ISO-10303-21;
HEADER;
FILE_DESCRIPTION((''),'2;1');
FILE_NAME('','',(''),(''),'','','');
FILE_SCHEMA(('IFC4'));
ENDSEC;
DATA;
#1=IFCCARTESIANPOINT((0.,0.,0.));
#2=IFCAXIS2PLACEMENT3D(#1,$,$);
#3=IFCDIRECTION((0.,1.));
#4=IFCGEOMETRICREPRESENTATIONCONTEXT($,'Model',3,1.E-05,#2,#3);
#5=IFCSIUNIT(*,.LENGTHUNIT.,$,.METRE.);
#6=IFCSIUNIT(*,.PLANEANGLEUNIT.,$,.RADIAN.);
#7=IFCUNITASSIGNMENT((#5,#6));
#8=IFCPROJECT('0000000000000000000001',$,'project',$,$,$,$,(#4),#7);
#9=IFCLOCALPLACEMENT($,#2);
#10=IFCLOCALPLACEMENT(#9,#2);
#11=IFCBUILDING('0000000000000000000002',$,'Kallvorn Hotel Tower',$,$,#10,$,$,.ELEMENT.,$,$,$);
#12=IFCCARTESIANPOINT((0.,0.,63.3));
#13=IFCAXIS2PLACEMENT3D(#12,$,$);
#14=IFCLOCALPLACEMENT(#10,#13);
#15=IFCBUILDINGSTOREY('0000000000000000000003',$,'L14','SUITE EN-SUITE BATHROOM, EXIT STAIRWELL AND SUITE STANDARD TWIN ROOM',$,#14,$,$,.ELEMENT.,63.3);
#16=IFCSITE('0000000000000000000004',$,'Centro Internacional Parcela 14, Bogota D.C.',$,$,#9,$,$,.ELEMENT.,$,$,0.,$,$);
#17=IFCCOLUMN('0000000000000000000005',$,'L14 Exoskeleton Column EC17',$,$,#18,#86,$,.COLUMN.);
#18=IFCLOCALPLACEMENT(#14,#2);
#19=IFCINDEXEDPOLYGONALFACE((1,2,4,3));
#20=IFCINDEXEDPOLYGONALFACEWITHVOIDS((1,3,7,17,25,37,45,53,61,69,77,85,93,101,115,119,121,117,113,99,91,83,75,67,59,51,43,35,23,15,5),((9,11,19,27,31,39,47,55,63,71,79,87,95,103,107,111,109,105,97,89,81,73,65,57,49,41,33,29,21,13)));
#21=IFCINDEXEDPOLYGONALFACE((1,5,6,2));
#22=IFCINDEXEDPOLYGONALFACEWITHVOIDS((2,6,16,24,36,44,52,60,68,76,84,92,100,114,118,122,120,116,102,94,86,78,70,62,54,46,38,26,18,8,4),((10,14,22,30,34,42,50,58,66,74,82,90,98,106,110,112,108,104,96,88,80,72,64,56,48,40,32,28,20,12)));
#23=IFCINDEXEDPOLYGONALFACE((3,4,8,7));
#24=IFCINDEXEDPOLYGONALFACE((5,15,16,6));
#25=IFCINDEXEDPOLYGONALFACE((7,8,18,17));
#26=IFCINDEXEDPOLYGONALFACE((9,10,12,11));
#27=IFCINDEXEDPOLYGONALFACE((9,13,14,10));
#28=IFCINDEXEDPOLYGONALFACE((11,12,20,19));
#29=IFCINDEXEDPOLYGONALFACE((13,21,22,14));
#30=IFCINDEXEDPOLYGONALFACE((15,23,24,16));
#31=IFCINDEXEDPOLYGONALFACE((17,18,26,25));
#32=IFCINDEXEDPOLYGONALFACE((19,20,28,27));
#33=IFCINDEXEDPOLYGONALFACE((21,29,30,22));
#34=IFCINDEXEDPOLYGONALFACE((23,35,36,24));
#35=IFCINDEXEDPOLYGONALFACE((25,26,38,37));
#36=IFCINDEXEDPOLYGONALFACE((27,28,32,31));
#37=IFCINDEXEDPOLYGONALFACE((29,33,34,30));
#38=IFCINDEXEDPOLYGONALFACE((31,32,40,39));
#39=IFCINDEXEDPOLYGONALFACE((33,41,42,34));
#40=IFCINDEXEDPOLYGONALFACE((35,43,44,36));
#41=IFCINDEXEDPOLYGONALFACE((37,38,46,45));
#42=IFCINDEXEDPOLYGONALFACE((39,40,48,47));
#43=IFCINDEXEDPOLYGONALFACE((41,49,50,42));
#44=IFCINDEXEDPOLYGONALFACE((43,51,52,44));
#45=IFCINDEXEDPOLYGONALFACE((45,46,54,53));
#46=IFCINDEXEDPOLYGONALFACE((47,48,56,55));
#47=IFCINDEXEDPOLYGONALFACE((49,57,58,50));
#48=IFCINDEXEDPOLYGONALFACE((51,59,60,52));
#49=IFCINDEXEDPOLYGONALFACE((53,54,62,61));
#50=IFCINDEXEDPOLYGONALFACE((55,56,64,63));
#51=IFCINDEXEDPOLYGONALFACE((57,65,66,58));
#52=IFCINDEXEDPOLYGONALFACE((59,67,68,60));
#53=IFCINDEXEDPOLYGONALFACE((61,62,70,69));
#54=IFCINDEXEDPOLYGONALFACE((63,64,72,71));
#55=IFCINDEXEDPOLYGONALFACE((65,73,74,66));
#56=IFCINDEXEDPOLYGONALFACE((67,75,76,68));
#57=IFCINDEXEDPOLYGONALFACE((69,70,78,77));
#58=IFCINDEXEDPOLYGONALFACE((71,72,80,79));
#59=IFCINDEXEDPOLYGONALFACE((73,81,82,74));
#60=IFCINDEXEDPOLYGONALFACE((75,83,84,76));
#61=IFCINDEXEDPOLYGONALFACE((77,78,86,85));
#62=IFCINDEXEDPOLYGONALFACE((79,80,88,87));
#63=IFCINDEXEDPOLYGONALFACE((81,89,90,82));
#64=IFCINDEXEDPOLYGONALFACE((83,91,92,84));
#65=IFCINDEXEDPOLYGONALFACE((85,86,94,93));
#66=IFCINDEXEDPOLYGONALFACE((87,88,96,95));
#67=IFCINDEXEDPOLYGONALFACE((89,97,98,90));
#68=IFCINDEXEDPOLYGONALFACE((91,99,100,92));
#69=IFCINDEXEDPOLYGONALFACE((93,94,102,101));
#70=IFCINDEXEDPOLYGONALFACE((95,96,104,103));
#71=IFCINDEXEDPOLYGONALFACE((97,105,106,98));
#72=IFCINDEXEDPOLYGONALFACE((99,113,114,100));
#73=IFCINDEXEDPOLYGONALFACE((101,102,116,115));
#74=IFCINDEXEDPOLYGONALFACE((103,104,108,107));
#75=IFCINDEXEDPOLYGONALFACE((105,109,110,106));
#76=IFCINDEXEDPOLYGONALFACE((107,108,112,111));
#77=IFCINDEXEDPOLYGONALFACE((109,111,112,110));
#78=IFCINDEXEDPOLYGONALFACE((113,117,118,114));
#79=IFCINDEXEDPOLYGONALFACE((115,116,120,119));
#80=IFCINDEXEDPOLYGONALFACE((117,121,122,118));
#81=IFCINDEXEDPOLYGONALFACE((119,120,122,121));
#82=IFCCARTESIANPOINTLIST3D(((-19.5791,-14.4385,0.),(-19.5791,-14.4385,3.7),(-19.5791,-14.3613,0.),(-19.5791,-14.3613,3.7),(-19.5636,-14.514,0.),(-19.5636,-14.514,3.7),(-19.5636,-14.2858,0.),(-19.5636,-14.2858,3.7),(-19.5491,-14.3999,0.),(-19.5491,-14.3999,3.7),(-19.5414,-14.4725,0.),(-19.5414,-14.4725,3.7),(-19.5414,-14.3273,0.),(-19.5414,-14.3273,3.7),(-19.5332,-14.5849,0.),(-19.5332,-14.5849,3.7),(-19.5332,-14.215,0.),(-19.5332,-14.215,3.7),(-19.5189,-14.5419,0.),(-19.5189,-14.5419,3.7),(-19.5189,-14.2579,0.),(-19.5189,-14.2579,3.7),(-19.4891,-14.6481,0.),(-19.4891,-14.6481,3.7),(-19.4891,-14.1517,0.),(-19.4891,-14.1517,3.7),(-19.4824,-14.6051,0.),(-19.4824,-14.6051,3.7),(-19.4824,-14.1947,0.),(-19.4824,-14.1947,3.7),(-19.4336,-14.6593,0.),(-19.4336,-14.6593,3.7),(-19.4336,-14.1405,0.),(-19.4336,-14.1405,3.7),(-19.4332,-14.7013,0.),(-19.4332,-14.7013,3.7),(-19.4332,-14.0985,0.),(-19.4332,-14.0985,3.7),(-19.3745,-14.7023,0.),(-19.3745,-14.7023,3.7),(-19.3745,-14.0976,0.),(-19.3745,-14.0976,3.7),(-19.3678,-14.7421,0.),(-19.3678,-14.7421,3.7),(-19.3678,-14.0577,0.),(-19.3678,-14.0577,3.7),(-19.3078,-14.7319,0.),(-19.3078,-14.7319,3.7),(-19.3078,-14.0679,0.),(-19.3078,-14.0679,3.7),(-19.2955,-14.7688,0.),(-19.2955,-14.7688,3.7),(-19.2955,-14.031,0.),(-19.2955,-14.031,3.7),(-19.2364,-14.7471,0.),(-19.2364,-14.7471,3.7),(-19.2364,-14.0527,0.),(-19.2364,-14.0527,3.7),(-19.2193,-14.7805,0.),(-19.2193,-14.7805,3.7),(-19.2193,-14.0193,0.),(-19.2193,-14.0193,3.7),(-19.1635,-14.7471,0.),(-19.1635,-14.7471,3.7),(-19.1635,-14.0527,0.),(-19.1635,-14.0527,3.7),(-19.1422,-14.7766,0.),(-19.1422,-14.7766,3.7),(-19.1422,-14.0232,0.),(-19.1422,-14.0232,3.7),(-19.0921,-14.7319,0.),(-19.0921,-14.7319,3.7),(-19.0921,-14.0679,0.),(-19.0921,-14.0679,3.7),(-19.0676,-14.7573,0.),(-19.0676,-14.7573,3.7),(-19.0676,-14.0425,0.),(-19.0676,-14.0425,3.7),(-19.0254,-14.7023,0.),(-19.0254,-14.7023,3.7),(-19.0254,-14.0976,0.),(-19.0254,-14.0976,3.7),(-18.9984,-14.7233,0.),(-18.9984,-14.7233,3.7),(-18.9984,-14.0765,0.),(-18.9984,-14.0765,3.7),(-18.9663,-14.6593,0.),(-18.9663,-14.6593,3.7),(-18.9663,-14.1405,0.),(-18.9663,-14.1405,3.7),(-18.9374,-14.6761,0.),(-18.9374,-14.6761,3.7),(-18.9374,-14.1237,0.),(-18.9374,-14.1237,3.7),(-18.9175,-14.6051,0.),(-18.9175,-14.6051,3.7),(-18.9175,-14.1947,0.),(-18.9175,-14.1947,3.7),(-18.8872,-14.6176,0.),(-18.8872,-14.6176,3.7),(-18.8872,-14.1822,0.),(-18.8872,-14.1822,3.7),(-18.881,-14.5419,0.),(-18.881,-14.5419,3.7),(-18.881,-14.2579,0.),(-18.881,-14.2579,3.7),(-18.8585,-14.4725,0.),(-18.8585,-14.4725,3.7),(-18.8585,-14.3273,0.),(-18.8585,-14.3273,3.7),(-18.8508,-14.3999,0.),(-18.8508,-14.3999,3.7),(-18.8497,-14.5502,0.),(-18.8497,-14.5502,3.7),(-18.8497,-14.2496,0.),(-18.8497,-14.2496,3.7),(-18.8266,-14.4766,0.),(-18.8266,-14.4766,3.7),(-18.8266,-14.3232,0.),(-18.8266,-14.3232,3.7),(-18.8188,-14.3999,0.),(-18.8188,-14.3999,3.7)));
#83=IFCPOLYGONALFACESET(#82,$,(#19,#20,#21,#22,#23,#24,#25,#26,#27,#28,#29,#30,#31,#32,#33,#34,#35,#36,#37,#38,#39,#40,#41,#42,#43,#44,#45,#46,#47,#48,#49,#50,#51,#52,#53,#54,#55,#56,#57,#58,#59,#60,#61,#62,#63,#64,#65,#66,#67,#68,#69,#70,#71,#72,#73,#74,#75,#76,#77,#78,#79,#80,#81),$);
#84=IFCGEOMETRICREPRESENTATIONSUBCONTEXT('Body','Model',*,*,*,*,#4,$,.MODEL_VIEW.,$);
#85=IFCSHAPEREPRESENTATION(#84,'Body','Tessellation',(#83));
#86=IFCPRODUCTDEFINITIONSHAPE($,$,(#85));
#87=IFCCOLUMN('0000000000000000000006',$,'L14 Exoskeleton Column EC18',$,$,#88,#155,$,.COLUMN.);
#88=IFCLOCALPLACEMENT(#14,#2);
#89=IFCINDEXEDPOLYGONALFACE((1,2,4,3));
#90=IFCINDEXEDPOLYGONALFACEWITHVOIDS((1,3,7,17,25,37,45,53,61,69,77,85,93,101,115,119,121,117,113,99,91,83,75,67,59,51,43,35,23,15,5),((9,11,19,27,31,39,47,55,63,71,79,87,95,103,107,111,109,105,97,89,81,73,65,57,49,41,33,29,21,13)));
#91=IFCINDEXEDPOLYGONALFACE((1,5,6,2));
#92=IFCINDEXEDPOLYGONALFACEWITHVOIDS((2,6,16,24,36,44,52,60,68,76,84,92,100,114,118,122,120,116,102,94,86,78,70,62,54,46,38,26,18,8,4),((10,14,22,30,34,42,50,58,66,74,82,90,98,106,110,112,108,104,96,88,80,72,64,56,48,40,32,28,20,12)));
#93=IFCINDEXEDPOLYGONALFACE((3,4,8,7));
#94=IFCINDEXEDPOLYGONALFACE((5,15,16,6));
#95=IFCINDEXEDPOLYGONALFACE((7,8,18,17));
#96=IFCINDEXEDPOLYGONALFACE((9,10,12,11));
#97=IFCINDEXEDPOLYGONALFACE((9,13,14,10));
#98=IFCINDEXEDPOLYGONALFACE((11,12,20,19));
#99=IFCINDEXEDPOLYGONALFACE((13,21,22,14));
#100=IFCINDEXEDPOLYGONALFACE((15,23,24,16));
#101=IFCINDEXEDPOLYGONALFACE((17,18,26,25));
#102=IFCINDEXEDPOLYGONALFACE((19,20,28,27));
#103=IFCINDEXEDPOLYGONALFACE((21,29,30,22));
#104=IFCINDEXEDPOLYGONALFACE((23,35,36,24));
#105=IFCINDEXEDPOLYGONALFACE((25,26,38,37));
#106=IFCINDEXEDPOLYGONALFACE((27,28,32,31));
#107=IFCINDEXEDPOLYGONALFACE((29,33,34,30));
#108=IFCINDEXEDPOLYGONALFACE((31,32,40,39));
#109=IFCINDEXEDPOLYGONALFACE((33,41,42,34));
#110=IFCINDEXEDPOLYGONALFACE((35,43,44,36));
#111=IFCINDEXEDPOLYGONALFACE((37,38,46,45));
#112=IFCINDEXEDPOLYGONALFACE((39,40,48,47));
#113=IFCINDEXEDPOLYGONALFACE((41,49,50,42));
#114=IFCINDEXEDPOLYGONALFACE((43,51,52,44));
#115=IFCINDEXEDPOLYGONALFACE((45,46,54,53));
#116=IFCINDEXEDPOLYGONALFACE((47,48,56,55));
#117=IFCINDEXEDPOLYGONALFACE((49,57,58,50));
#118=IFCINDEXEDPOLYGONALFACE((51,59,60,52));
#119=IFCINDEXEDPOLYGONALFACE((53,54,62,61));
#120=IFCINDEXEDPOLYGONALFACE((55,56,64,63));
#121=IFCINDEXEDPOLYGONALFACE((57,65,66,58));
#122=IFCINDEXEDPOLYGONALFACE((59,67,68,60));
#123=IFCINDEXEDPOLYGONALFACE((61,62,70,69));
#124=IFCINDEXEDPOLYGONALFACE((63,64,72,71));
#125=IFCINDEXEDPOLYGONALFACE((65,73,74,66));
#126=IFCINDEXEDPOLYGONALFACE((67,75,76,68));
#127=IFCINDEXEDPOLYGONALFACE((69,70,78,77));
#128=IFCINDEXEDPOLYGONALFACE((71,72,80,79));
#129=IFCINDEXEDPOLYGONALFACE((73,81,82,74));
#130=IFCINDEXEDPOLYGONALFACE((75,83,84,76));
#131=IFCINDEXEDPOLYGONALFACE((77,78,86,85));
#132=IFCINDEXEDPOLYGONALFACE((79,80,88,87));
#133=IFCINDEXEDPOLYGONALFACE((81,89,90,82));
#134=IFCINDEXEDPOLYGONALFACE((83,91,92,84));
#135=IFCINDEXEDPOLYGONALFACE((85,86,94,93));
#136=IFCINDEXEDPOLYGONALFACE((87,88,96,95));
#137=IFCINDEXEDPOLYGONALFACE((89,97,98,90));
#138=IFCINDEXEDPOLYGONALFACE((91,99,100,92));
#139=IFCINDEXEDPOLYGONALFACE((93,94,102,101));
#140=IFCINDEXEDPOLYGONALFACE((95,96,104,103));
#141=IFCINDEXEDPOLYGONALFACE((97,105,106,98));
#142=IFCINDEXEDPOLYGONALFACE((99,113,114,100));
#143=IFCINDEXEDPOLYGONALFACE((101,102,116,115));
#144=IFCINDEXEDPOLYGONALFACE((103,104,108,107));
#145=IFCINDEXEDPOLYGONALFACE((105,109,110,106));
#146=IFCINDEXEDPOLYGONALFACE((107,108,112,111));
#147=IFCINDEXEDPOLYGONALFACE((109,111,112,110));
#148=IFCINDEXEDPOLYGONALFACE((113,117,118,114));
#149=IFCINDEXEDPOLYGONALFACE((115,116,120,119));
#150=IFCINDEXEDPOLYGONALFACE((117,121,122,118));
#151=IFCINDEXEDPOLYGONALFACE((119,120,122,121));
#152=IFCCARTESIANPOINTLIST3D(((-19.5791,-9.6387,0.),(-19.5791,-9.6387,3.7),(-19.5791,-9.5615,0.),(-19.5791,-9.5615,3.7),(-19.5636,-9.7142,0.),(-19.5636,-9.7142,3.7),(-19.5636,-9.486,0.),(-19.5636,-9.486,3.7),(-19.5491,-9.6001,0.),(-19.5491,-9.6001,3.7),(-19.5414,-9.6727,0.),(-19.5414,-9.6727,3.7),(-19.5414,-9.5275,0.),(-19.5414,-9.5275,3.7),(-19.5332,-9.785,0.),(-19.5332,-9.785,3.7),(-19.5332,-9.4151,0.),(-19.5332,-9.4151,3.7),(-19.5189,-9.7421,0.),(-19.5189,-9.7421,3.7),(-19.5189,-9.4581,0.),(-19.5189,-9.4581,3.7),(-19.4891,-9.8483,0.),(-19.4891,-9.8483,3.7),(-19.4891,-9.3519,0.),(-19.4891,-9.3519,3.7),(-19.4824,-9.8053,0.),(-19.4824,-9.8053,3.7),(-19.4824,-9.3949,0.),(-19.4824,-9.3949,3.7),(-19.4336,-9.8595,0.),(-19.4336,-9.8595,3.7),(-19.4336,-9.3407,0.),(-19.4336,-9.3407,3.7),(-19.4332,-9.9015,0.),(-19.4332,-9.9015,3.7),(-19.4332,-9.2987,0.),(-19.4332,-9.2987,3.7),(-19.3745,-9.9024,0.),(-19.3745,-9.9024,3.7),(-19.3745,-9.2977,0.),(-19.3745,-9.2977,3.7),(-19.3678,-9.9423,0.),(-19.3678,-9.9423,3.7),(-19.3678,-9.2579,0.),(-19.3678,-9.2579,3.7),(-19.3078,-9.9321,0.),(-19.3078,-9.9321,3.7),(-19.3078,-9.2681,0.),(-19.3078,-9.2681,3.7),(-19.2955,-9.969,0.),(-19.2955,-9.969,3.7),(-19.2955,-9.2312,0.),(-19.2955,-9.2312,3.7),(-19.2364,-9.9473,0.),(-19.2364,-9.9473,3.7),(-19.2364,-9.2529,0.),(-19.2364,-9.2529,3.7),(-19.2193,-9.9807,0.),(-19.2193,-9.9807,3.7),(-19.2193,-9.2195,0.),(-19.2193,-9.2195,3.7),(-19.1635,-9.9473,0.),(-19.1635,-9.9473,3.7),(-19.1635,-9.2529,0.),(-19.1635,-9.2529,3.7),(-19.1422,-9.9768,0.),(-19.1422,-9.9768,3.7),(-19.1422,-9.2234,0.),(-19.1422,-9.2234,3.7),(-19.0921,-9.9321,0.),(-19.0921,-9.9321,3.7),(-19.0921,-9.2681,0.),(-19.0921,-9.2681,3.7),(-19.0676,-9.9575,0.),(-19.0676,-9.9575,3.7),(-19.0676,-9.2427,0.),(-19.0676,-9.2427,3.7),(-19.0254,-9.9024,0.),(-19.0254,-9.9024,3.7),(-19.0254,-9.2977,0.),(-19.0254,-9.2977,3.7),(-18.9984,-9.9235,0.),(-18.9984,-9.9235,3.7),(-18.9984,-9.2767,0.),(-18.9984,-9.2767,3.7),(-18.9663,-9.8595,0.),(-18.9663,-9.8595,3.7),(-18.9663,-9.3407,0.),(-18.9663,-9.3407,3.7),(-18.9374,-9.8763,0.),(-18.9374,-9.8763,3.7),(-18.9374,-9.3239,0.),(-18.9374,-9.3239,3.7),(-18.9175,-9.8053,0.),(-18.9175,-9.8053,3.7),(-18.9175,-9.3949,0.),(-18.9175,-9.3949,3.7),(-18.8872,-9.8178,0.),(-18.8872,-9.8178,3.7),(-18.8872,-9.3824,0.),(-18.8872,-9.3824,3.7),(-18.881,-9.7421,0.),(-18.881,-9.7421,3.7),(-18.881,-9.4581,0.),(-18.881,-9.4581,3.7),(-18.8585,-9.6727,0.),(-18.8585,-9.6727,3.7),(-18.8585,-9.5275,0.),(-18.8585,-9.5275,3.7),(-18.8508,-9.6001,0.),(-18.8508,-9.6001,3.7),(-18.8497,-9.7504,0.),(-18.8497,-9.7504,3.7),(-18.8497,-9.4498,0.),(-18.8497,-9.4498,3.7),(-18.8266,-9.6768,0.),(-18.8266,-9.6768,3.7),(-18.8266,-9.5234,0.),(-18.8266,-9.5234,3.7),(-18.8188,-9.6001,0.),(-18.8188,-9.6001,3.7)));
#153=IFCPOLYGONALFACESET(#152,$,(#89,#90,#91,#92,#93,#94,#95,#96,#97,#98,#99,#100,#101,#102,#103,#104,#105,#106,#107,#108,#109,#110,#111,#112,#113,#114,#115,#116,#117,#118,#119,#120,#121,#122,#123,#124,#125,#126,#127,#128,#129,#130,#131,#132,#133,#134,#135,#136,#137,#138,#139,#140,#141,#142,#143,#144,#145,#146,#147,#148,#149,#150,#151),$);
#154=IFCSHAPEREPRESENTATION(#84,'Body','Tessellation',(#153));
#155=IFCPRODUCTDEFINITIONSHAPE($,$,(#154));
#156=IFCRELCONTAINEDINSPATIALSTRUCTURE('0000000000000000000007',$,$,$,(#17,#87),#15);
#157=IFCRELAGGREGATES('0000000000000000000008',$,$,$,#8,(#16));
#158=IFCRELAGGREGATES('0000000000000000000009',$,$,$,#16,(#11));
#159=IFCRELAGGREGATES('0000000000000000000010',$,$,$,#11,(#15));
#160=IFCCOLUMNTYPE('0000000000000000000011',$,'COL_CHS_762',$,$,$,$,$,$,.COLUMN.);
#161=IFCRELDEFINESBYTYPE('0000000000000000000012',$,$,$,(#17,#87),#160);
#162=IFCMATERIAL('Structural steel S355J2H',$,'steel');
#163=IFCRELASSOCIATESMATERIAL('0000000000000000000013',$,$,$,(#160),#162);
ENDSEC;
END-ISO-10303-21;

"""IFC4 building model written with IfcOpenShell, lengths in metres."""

from ifc_helpers import new_model, si_unit, direction, frame, origin, origin_2d, place, context, subcontext, project, spatial, hollow_circle, extrude, material, material_profile, profile_set, type_object, element, save


model = new_model("IFC4")

# Units and contexts
model_context = context("Model", 3, precision=1e-05, world=origin(), true_north=direction((0.0, 1.0)))
body_context = subcontext(model_context, "Body", "Model", "MODEL_VIEW")
ifc_project = project(units=[si_unit("LENGTHUNIT", "METRE"), si_unit("PLANEANGLEUNIT", "RADIAN")], contexts=[model_context])

# Site, building, storey
site_placement = place(None, origin())
site = spatial("IfcSite", under=ifc_project, at=site_placement, Name="Centro Internacional Parcela 14, Bogota D.C.", CompositionType="ELEMENT", RefElevation=0.0)
building_placement = place(site_placement, origin())
building = spatial("IfcBuilding", under=site, at=building_placement, Name="Kallvorn Hotel Tower", CompositionType="ELEMENT")
storey_placement = place(building_placement, frame((0.0, 0.0, 63.3)))
storey = spatial("IfcBuildingStorey", under=building, at=storey_placement, Name="L14", Description="SUITE EN-SUITE BATHROOM, EXIT STAIRWELL AND SUITE STANDARD TWIN ROOM", CompositionType="ELEMENT", Elevation=63.3)

# Columns
ifc_material_1 = material(Name="Structural steel S355J2H", Category="steel")
ifc_material_profile_1 = material_profile(ifc_material_1, hollow_circle(Radius=0.3811, WallThickness=0.032, at=origin_2d()), Name="CHS 762x32")
ifc_profile_set_1 = profile_set([ifc_material_profile_1], Name="Structural steel S355J2H")
column_type_1 = type_object("IfcColumnType", Name="COL_CHS_762", PredefinedType="COLUMN", material=ifc_profile_set_1)
for number, where, z_axis, x_axis, name in (
    (1, (-19.2, -14.3999, 0.0), (0.0, 0.0, 1.0), (1.0, 0.0, 0.0), "L14 Exoskeleton Column EC17"),
    (2, (-19.2, -9.6001, 0.0), (0.0, 0.0, 1.0), (1.0, 0.0, 0.0), "L14 Exoskeleton Column EC18"),
):
    element("IfcColumn", number, at=place(storey_placement, frame(where, z_axis=z_axis, x_axis=x_axis)), inside=storey, type_object=column_type_1, Name=name, PredefinedType="COLUMN", context=body_context, shape_type="SweptSolid", body=[
        extrude(hollow_circle(Radius=0.3811, WallThickness=0.032, at=origin_2d()), origin(), (0.0, 0.0, 1.0), 3.7),
    ])

save(model, "model.ifc")
